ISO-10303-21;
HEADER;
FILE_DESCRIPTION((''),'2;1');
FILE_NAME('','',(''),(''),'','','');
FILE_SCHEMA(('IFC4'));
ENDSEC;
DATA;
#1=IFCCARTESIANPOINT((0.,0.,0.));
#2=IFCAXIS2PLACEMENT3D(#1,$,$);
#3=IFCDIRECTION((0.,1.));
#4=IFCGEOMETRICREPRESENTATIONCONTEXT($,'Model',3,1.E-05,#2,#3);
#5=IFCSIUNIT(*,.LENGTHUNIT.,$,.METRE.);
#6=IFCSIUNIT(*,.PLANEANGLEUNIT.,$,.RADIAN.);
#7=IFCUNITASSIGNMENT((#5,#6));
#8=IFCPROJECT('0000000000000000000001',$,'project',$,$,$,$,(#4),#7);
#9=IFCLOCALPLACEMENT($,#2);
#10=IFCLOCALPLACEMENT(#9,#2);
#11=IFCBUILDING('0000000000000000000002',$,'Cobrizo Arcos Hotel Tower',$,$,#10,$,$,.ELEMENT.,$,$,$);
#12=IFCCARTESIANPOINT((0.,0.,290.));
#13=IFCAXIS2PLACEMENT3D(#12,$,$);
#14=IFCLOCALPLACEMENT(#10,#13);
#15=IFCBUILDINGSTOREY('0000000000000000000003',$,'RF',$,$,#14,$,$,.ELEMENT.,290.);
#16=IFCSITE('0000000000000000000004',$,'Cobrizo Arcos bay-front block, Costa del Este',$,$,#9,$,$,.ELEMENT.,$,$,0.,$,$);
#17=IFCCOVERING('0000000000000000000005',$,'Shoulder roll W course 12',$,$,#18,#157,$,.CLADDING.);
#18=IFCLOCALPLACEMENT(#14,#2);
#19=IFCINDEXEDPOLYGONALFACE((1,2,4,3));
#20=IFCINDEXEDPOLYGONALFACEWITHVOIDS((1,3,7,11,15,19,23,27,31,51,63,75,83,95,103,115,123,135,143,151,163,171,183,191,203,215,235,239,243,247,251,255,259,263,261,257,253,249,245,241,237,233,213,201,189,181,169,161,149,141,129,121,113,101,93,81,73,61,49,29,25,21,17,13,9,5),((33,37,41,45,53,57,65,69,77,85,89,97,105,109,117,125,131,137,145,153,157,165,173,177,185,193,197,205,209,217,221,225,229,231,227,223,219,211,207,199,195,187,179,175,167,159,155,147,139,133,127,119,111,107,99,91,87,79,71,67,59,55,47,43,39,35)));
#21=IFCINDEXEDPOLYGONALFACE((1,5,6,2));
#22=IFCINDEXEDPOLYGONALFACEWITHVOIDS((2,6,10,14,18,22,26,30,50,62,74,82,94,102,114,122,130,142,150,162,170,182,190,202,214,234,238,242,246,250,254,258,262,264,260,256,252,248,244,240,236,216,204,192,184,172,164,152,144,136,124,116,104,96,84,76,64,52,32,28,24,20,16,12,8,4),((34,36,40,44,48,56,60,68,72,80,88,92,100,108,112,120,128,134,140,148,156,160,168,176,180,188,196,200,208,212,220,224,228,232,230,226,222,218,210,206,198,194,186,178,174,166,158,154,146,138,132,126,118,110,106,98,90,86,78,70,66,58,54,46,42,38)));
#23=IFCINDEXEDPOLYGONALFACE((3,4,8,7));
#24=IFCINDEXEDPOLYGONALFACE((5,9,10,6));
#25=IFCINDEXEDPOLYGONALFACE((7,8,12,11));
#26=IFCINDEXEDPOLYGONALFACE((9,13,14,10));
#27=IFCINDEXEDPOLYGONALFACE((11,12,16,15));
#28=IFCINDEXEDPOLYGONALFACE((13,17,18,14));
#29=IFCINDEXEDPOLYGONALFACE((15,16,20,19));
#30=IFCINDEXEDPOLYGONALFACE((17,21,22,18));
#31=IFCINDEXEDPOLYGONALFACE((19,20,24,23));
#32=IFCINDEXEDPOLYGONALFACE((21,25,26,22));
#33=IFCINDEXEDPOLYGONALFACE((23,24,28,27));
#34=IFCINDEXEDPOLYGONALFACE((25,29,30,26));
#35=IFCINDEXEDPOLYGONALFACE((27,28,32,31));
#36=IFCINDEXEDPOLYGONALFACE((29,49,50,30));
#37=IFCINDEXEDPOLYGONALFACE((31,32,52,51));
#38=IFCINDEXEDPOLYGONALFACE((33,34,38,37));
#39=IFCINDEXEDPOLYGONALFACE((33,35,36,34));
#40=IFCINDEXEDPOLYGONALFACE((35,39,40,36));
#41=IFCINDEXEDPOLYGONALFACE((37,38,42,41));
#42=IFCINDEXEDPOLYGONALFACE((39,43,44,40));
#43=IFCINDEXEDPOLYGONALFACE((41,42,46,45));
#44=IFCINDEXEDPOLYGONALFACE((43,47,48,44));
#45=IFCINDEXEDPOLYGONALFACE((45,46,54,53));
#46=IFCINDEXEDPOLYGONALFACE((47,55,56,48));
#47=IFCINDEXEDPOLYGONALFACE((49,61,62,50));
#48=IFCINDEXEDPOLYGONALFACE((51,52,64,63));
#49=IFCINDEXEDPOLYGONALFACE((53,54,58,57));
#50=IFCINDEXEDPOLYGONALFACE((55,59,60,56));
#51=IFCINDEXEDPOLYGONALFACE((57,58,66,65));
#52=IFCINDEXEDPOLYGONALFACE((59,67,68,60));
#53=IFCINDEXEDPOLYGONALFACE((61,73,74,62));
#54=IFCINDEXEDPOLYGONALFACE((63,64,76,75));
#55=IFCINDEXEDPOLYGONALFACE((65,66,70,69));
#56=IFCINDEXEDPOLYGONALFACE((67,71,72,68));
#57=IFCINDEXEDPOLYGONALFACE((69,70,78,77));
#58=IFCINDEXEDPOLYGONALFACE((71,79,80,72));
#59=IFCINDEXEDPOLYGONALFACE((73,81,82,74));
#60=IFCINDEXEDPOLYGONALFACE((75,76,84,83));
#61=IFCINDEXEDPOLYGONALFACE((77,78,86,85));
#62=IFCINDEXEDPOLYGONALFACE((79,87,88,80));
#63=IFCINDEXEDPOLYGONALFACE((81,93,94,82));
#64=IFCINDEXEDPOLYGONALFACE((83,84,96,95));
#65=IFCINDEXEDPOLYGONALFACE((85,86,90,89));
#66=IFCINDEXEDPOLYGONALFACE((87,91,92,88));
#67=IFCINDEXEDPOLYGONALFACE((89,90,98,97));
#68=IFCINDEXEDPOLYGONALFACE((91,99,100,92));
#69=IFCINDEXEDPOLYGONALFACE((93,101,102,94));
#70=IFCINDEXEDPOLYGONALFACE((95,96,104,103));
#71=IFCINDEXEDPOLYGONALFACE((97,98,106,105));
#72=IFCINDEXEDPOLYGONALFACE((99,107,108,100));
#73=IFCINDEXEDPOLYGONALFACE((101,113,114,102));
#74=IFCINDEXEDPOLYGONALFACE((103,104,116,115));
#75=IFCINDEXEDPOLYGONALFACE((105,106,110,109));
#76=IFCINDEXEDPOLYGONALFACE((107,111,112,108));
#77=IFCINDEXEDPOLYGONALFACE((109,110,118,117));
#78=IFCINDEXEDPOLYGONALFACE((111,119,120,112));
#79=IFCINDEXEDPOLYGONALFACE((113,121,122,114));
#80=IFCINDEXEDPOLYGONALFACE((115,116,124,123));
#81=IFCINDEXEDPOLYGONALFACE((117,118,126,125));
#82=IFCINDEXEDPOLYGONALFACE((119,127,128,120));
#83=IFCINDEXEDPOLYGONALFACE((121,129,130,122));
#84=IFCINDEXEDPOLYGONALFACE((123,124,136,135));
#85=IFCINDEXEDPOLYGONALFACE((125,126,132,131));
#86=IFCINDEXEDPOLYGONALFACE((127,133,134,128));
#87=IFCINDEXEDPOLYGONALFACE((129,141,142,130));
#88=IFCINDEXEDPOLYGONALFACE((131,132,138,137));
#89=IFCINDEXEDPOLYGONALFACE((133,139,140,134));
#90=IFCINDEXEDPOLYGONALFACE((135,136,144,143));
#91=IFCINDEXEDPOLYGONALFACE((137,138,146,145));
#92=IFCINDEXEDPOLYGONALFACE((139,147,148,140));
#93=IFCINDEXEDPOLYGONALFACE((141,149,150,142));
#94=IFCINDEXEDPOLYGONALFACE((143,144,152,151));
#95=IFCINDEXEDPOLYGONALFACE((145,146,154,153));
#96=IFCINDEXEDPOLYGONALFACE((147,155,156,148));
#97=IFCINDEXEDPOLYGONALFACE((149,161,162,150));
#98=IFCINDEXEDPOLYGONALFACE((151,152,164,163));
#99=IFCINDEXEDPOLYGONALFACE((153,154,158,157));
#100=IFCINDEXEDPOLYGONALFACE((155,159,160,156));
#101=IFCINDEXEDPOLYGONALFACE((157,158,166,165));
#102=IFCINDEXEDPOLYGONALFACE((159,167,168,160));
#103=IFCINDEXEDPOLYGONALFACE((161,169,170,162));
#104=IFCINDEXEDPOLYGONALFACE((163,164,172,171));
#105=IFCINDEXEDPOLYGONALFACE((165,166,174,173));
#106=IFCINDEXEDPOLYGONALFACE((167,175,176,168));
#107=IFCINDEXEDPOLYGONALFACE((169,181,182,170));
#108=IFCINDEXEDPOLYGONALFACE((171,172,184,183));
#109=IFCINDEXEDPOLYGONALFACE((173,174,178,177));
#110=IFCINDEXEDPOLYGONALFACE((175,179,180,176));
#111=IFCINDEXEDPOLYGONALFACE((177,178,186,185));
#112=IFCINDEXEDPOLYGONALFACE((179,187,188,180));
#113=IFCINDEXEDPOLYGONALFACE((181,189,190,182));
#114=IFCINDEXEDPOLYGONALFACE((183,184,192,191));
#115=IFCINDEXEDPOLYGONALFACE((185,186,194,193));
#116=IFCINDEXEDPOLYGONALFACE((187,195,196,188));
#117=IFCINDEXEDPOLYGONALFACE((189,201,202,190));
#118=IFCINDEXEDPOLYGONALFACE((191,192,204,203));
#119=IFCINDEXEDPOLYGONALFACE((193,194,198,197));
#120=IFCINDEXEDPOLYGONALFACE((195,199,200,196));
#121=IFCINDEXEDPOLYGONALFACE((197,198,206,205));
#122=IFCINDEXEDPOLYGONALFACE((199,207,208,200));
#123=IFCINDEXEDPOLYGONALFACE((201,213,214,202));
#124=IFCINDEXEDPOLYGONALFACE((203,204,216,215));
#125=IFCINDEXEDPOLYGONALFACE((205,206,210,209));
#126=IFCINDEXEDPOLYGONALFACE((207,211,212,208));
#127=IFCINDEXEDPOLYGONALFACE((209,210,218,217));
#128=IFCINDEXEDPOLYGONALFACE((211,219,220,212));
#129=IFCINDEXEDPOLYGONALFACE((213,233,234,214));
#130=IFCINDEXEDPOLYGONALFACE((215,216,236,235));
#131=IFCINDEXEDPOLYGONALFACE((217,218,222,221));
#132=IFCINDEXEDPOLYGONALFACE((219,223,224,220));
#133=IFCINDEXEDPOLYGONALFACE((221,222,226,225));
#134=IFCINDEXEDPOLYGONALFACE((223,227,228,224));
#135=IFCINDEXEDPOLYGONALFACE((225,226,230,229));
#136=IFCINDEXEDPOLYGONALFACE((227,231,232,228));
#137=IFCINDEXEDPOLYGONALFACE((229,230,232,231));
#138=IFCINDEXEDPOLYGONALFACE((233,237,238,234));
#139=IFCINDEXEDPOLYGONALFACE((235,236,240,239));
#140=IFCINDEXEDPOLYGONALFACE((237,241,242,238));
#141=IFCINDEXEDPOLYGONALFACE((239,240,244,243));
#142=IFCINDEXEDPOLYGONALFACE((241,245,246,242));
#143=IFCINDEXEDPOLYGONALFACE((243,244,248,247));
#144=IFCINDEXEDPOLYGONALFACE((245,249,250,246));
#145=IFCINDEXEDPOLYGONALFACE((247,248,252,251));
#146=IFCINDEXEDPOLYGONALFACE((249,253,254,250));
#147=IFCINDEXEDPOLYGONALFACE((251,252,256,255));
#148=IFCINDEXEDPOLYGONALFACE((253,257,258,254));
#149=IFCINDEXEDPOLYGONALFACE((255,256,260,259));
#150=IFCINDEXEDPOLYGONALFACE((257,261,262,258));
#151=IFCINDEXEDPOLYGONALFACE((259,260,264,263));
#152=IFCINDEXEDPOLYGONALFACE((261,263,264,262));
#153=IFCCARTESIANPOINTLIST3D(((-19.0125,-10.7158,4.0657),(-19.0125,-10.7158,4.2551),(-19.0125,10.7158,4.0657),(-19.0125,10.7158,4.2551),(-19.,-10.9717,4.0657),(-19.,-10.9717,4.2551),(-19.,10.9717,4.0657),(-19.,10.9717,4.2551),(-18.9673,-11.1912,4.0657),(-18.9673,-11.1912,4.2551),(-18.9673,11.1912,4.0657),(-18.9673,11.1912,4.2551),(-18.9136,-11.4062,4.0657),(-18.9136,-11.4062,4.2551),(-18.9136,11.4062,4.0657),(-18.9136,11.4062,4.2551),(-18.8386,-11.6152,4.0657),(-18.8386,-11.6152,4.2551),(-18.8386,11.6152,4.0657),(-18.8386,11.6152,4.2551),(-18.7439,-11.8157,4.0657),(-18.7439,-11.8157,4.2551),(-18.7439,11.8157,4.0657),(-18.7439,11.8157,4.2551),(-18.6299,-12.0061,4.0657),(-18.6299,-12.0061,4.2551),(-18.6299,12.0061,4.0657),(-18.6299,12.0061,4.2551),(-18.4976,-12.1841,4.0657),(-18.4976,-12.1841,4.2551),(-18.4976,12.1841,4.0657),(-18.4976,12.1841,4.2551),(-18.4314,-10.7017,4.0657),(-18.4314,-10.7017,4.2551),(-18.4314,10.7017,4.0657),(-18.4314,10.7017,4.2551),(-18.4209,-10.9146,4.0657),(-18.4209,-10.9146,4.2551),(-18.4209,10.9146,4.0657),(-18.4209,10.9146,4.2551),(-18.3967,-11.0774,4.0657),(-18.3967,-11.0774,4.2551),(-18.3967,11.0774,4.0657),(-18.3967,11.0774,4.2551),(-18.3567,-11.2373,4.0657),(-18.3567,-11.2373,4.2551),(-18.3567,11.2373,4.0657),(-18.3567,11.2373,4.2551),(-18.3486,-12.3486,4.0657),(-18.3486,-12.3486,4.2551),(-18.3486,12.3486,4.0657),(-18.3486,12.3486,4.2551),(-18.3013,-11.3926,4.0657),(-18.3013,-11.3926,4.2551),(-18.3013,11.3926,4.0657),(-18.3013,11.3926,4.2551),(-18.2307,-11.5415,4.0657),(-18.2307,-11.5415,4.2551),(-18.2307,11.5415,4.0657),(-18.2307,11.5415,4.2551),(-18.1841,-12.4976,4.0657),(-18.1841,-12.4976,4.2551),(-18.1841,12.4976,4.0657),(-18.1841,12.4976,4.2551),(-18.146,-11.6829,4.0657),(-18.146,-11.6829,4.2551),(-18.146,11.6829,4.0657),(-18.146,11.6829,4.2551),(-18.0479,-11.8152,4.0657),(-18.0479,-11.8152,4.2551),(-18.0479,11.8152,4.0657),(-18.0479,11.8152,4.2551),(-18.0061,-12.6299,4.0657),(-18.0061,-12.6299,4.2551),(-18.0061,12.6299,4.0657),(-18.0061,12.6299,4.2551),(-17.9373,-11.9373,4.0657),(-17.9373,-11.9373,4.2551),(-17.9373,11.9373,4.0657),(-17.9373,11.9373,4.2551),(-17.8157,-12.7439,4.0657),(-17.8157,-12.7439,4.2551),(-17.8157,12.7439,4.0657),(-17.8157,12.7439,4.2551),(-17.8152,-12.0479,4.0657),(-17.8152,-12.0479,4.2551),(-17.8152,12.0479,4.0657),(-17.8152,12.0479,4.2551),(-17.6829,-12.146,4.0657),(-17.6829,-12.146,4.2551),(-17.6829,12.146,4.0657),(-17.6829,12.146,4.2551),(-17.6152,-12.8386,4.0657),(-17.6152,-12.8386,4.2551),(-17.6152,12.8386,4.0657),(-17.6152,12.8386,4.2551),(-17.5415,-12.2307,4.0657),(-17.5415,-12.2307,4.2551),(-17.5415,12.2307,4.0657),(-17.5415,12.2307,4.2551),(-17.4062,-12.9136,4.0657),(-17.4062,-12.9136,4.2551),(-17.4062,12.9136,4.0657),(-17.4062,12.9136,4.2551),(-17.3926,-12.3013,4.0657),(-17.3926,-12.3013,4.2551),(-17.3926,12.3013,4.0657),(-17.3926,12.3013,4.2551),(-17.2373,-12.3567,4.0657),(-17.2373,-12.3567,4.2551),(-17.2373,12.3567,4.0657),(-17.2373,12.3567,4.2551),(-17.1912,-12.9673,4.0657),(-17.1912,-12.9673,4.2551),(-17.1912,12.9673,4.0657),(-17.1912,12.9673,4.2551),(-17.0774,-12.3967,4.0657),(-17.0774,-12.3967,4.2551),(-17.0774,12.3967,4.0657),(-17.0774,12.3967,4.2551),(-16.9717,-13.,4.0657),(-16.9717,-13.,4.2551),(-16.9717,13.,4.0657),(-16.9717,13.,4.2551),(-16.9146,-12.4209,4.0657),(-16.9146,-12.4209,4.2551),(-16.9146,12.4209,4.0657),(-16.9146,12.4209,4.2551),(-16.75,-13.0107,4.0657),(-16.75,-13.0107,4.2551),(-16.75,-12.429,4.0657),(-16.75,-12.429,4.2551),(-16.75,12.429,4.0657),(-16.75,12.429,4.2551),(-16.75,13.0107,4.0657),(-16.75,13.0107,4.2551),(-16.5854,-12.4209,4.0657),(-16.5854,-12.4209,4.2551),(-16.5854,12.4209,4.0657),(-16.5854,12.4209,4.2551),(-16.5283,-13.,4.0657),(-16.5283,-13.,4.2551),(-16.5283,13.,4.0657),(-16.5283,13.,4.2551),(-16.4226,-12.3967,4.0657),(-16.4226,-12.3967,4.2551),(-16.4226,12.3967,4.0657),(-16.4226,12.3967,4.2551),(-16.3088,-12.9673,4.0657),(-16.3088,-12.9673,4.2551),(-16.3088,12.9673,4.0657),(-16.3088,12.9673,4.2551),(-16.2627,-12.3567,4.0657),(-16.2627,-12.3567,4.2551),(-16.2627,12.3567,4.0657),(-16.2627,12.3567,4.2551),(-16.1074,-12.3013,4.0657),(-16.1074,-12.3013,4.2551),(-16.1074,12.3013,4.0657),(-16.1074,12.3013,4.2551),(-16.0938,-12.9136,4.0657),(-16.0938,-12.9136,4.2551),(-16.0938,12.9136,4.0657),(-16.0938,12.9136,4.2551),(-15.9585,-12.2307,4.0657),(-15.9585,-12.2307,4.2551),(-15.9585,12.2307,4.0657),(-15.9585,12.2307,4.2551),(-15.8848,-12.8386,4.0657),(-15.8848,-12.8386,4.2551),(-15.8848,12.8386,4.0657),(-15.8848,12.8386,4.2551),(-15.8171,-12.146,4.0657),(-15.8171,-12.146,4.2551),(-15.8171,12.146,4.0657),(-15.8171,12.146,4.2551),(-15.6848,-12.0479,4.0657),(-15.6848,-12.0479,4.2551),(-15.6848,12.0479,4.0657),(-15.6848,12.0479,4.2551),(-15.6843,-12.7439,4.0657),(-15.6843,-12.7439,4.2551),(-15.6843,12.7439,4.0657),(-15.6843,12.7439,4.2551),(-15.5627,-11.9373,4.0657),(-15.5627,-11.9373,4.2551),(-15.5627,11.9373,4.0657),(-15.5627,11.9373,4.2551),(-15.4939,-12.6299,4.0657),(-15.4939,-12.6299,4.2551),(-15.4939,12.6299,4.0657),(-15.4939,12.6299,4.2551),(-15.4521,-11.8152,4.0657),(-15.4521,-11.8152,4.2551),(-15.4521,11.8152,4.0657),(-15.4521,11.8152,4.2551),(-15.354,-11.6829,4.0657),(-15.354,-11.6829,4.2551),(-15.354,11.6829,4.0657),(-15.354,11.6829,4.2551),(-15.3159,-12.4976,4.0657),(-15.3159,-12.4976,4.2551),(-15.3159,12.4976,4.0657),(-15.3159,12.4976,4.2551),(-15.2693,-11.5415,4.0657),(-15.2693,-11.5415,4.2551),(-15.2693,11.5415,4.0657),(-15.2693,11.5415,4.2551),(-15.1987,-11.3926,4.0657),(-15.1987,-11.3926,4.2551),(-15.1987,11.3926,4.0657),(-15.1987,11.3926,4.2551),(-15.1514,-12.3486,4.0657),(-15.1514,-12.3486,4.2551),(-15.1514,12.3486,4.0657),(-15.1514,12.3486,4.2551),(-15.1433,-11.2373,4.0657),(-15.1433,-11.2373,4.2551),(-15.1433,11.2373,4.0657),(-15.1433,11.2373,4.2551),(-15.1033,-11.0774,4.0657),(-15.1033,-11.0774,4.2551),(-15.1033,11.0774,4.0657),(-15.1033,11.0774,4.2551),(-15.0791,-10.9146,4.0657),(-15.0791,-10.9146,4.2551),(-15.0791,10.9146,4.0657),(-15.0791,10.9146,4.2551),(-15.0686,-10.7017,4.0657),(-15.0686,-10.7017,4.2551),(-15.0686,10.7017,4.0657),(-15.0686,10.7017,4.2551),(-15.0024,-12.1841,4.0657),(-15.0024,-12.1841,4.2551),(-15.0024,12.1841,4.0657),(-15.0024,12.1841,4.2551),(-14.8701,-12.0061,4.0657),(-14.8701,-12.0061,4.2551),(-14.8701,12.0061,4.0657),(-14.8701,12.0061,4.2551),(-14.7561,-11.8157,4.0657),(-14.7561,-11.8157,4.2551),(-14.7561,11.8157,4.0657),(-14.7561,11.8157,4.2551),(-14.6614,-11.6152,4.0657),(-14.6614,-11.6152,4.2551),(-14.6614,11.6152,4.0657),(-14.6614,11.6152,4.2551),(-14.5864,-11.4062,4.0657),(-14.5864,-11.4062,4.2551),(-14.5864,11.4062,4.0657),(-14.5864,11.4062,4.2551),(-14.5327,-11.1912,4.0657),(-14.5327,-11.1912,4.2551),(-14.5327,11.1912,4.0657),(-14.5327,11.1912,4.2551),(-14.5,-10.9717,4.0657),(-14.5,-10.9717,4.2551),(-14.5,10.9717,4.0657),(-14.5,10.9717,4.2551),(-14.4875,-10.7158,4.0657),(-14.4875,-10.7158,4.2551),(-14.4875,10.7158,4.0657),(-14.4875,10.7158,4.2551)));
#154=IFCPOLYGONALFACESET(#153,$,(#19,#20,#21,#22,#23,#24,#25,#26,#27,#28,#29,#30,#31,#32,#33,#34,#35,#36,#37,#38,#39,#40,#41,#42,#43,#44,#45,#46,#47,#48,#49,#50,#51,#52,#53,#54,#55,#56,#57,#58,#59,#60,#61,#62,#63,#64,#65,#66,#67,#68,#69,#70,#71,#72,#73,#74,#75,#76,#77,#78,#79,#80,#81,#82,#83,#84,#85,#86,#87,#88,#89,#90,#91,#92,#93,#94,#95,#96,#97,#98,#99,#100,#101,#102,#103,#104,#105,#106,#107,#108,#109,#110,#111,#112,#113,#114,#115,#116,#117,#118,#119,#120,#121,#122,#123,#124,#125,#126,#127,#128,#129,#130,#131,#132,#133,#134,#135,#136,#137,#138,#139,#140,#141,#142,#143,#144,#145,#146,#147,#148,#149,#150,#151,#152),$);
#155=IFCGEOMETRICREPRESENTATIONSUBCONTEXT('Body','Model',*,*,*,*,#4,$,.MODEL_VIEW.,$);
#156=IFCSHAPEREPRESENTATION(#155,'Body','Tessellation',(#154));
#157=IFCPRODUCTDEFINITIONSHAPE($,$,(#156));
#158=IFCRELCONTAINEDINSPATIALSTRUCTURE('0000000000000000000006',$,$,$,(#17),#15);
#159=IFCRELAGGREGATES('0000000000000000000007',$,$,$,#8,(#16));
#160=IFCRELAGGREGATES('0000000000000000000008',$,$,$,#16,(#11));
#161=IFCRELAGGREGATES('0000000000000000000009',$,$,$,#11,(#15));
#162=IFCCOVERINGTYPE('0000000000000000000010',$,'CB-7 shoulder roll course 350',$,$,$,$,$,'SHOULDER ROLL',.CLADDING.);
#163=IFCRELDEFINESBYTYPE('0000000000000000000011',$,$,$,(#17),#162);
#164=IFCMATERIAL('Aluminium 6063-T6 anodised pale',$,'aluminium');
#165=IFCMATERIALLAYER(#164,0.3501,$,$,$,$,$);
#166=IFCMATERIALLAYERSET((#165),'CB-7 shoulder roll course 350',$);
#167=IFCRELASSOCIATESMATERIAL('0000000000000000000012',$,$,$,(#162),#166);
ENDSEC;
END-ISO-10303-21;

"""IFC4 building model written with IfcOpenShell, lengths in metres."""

from ifc_helpers import new_model, si_unit, direction, frame, origin, place, context, subcontext, project, spatial, polyline, outline, extrude, material, layer, layer_set, type_object, element, save


model = new_model("IFC4")

# Units and contexts
model_context = context("Model", 3, precision=1e-05, world=origin(), true_north=direction((0.0, 1.0)))
body_context = subcontext(model_context, "Body", "Model", "MODEL_VIEW")
ifc_project = project(units=[si_unit("LENGTHUNIT", "METRE"), si_unit("PLANEANGLEUNIT", "RADIAN")], contexts=[model_context])

# Site, building, storey
site_placement = place(None, origin())
site = spatial("IfcSite", under=ifc_project, at=site_placement, Name="Cobrizo Arcos bay-front block, Costa del Este", CompositionType="ELEMENT", RefElevation=0.0)
building_placement = place(site_placement, origin())
building = spatial("IfcBuilding", under=site, at=building_placement, Name="Cobrizo Arcos Hotel Tower", CompositionType="ELEMENT")
storey_placement = place(building_placement, frame((0.0, 0.0, 290.0)))
storey = spatial("IfcBuildingStorey", under=building, at=storey_placement, Name="RF", CompositionType="ELEMENT", Elevation=290.0)

# Covering
ifc_material_1 = material(Name="Aluminium 6063-T6 anodised pale", Category="aluminium")
ifc_layer_1 = layer(ifc_material_1, 0.3501)
ifc_layer_set_1 = layer_set([ifc_layer_1], Name="CB-7 shoulder roll course 350")
covering_type_1 = type_object("IfcCoveringType", Name="CB-7 shoulder roll course 350", ElementType="SHOULDER ROLL", PredefinedType="CLADDING", material=ifc_layer_set_1)
covering_1_placement = place(storey_placement, frame((0.0, 0.0, 4.0657)))
element("IfcCovering", 1, at=covering_1_placement, inside=storey, type_object=covering_type_1, Name="Shoulder roll W course 12", PredefinedType="CLADDING", context=body_context, shape_type="SweptSolid", body=[
    extrude(outline(polyline([(-19.0125, 10.7158), (-19.0, 10.9717), (-18.9673, 11.1912), (-18.9136, 11.4062), (-18.8386, 11.6152), (-18.7439, 11.8157), (-18.6299, 12.0061), (-18.4976, 12.1841), (-18.3486, 12.3486), (-18.1841, 12.4976), (-18.0061, 12.6299), (-17.8157, 12.7439), (-17.6152, 12.8386), (-17.4062, 12.9136), (-17.1912, 12.9673), (-16.9717, 13.0), (-16.75, 13.0107), (-16.5283, 13.0), (-16.3088, 12.9673), (-16.0938, 12.9136), (-15.8848, 12.8386), (-15.6843, 12.7439), (-15.4939, 12.6299), (-15.3159, 12.4976), (-15.1514, 12.3486), (-15.0024, 12.1841), (-14.8701, 12.0061), (-14.7561, 11.8157), (-14.6614, 11.6152), (-14.5864, 11.4062), (-14.5327, 11.1912), (-14.5, 10.9717), (-14.4875, 10.7158), (-14.4875, -10.7158), (-14.5, -10.9717), (-14.5327, -11.1912), (-14.5864, -11.4062), (-14.6614, -11.6152), (-14.7561, -11.8157), (-14.8701, -12.0061), (-15.0024, -12.1841), (-15.1514, -12.3486), (-15.3159, -12.4976), (-15.4939, -12.6299), (-15.6843, -12.7439), (-15.8848, -12.8386), (-16.0938, -12.9136), (-16.3088, -12.9673), (-16.5283, -13.0), (-16.75, -13.0107), (-16.9717, -13.0), (-17.1912, -12.9673), (-17.4062, -12.9136), (-17.6152, -12.8386), (-17.8157, -12.7439), (-18.0061, -12.6299), (-18.1841, -12.4976), (-18.3486, -12.3486), (-18.4976, -12.1841), (-18.6299, -12.0061), (-18.7439, -11.8157), (-18.8386, -11.6152), (-18.9136, -11.4062), (-18.9673, -11.1912), (-19.0, -10.9717), (-19.0125, -10.7158), (-19.0125, 10.7158)]), holes=[polyline([(-18.4314, 10.7017), (-18.4209, 10.9146), (-18.3967, 11.0774), (-18.3567, 11.2373), (-18.3013, 11.3926), (-18.2307, 11.5415), (-18.146, 11.6829), (-18.0479, 11.8152), (-17.9373, 11.9373), (-17.8152, 12.0479), (-17.6829, 12.146), (-17.5415, 12.2307), (-17.3926, 12.3013), (-17.2373, 12.3567), (-17.0774, 12.3967), (-16.9146, 12.4209), (-16.75, 12.429), (-16.5854, 12.4209), (-16.4226, 12.3967), (-16.2627, 12.3567), (-16.1074, 12.3013), (-15.9585, 12.2307), (-15.8171, 12.146), (-15.6848, 12.0479), (-15.5627, 11.9373), (-15.4521, 11.8152), (-15.354, 11.6829), (-15.2693, 11.5415), (-15.1987, 11.3926), (-15.1433, 11.2373), (-15.1033, 11.0774), (-15.0791, 10.9146), (-15.0686, 10.7017), (-15.0686, -10.7017), (-15.0791, -10.9146), (-15.1033, -11.0774), (-15.1433, -11.2373), (-15.1987, -11.3926), (-15.2693, -11.5415), (-15.354, -11.6829), (-15.4521, -11.8152), (-15.5627, -11.9373), (-15.6848, -12.0479), (-15.8171, -12.146), (-15.9585, -12.2307), (-16.1074, -12.3013), (-16.2627, -12.3567), (-16.4226, -12.3967), (-16.5854, -12.4209), (-16.75, -12.429), (-16.9146, -12.4209), (-17.0774, -12.3967), (-17.2373, -12.3567), (-17.3926, -12.3013), (-17.5415, -12.2307), (-17.6829, -12.146), (-17.8152, -12.0479), (-17.9373, -11.9373), (-18.0479, -11.8152), (-18.146, -11.6829), (-18.2307, -11.5415), (-18.3013, -11.3926), (-18.3567, -11.2373), (-18.3967, -11.0774), (-18.4209, -10.9146), (-18.4314, -10.7017), (-18.4314, 10.7017)])]), origin(), (0.0, 0.0, 1.0), 0.1895),
])

save(model, "model.ifc")
